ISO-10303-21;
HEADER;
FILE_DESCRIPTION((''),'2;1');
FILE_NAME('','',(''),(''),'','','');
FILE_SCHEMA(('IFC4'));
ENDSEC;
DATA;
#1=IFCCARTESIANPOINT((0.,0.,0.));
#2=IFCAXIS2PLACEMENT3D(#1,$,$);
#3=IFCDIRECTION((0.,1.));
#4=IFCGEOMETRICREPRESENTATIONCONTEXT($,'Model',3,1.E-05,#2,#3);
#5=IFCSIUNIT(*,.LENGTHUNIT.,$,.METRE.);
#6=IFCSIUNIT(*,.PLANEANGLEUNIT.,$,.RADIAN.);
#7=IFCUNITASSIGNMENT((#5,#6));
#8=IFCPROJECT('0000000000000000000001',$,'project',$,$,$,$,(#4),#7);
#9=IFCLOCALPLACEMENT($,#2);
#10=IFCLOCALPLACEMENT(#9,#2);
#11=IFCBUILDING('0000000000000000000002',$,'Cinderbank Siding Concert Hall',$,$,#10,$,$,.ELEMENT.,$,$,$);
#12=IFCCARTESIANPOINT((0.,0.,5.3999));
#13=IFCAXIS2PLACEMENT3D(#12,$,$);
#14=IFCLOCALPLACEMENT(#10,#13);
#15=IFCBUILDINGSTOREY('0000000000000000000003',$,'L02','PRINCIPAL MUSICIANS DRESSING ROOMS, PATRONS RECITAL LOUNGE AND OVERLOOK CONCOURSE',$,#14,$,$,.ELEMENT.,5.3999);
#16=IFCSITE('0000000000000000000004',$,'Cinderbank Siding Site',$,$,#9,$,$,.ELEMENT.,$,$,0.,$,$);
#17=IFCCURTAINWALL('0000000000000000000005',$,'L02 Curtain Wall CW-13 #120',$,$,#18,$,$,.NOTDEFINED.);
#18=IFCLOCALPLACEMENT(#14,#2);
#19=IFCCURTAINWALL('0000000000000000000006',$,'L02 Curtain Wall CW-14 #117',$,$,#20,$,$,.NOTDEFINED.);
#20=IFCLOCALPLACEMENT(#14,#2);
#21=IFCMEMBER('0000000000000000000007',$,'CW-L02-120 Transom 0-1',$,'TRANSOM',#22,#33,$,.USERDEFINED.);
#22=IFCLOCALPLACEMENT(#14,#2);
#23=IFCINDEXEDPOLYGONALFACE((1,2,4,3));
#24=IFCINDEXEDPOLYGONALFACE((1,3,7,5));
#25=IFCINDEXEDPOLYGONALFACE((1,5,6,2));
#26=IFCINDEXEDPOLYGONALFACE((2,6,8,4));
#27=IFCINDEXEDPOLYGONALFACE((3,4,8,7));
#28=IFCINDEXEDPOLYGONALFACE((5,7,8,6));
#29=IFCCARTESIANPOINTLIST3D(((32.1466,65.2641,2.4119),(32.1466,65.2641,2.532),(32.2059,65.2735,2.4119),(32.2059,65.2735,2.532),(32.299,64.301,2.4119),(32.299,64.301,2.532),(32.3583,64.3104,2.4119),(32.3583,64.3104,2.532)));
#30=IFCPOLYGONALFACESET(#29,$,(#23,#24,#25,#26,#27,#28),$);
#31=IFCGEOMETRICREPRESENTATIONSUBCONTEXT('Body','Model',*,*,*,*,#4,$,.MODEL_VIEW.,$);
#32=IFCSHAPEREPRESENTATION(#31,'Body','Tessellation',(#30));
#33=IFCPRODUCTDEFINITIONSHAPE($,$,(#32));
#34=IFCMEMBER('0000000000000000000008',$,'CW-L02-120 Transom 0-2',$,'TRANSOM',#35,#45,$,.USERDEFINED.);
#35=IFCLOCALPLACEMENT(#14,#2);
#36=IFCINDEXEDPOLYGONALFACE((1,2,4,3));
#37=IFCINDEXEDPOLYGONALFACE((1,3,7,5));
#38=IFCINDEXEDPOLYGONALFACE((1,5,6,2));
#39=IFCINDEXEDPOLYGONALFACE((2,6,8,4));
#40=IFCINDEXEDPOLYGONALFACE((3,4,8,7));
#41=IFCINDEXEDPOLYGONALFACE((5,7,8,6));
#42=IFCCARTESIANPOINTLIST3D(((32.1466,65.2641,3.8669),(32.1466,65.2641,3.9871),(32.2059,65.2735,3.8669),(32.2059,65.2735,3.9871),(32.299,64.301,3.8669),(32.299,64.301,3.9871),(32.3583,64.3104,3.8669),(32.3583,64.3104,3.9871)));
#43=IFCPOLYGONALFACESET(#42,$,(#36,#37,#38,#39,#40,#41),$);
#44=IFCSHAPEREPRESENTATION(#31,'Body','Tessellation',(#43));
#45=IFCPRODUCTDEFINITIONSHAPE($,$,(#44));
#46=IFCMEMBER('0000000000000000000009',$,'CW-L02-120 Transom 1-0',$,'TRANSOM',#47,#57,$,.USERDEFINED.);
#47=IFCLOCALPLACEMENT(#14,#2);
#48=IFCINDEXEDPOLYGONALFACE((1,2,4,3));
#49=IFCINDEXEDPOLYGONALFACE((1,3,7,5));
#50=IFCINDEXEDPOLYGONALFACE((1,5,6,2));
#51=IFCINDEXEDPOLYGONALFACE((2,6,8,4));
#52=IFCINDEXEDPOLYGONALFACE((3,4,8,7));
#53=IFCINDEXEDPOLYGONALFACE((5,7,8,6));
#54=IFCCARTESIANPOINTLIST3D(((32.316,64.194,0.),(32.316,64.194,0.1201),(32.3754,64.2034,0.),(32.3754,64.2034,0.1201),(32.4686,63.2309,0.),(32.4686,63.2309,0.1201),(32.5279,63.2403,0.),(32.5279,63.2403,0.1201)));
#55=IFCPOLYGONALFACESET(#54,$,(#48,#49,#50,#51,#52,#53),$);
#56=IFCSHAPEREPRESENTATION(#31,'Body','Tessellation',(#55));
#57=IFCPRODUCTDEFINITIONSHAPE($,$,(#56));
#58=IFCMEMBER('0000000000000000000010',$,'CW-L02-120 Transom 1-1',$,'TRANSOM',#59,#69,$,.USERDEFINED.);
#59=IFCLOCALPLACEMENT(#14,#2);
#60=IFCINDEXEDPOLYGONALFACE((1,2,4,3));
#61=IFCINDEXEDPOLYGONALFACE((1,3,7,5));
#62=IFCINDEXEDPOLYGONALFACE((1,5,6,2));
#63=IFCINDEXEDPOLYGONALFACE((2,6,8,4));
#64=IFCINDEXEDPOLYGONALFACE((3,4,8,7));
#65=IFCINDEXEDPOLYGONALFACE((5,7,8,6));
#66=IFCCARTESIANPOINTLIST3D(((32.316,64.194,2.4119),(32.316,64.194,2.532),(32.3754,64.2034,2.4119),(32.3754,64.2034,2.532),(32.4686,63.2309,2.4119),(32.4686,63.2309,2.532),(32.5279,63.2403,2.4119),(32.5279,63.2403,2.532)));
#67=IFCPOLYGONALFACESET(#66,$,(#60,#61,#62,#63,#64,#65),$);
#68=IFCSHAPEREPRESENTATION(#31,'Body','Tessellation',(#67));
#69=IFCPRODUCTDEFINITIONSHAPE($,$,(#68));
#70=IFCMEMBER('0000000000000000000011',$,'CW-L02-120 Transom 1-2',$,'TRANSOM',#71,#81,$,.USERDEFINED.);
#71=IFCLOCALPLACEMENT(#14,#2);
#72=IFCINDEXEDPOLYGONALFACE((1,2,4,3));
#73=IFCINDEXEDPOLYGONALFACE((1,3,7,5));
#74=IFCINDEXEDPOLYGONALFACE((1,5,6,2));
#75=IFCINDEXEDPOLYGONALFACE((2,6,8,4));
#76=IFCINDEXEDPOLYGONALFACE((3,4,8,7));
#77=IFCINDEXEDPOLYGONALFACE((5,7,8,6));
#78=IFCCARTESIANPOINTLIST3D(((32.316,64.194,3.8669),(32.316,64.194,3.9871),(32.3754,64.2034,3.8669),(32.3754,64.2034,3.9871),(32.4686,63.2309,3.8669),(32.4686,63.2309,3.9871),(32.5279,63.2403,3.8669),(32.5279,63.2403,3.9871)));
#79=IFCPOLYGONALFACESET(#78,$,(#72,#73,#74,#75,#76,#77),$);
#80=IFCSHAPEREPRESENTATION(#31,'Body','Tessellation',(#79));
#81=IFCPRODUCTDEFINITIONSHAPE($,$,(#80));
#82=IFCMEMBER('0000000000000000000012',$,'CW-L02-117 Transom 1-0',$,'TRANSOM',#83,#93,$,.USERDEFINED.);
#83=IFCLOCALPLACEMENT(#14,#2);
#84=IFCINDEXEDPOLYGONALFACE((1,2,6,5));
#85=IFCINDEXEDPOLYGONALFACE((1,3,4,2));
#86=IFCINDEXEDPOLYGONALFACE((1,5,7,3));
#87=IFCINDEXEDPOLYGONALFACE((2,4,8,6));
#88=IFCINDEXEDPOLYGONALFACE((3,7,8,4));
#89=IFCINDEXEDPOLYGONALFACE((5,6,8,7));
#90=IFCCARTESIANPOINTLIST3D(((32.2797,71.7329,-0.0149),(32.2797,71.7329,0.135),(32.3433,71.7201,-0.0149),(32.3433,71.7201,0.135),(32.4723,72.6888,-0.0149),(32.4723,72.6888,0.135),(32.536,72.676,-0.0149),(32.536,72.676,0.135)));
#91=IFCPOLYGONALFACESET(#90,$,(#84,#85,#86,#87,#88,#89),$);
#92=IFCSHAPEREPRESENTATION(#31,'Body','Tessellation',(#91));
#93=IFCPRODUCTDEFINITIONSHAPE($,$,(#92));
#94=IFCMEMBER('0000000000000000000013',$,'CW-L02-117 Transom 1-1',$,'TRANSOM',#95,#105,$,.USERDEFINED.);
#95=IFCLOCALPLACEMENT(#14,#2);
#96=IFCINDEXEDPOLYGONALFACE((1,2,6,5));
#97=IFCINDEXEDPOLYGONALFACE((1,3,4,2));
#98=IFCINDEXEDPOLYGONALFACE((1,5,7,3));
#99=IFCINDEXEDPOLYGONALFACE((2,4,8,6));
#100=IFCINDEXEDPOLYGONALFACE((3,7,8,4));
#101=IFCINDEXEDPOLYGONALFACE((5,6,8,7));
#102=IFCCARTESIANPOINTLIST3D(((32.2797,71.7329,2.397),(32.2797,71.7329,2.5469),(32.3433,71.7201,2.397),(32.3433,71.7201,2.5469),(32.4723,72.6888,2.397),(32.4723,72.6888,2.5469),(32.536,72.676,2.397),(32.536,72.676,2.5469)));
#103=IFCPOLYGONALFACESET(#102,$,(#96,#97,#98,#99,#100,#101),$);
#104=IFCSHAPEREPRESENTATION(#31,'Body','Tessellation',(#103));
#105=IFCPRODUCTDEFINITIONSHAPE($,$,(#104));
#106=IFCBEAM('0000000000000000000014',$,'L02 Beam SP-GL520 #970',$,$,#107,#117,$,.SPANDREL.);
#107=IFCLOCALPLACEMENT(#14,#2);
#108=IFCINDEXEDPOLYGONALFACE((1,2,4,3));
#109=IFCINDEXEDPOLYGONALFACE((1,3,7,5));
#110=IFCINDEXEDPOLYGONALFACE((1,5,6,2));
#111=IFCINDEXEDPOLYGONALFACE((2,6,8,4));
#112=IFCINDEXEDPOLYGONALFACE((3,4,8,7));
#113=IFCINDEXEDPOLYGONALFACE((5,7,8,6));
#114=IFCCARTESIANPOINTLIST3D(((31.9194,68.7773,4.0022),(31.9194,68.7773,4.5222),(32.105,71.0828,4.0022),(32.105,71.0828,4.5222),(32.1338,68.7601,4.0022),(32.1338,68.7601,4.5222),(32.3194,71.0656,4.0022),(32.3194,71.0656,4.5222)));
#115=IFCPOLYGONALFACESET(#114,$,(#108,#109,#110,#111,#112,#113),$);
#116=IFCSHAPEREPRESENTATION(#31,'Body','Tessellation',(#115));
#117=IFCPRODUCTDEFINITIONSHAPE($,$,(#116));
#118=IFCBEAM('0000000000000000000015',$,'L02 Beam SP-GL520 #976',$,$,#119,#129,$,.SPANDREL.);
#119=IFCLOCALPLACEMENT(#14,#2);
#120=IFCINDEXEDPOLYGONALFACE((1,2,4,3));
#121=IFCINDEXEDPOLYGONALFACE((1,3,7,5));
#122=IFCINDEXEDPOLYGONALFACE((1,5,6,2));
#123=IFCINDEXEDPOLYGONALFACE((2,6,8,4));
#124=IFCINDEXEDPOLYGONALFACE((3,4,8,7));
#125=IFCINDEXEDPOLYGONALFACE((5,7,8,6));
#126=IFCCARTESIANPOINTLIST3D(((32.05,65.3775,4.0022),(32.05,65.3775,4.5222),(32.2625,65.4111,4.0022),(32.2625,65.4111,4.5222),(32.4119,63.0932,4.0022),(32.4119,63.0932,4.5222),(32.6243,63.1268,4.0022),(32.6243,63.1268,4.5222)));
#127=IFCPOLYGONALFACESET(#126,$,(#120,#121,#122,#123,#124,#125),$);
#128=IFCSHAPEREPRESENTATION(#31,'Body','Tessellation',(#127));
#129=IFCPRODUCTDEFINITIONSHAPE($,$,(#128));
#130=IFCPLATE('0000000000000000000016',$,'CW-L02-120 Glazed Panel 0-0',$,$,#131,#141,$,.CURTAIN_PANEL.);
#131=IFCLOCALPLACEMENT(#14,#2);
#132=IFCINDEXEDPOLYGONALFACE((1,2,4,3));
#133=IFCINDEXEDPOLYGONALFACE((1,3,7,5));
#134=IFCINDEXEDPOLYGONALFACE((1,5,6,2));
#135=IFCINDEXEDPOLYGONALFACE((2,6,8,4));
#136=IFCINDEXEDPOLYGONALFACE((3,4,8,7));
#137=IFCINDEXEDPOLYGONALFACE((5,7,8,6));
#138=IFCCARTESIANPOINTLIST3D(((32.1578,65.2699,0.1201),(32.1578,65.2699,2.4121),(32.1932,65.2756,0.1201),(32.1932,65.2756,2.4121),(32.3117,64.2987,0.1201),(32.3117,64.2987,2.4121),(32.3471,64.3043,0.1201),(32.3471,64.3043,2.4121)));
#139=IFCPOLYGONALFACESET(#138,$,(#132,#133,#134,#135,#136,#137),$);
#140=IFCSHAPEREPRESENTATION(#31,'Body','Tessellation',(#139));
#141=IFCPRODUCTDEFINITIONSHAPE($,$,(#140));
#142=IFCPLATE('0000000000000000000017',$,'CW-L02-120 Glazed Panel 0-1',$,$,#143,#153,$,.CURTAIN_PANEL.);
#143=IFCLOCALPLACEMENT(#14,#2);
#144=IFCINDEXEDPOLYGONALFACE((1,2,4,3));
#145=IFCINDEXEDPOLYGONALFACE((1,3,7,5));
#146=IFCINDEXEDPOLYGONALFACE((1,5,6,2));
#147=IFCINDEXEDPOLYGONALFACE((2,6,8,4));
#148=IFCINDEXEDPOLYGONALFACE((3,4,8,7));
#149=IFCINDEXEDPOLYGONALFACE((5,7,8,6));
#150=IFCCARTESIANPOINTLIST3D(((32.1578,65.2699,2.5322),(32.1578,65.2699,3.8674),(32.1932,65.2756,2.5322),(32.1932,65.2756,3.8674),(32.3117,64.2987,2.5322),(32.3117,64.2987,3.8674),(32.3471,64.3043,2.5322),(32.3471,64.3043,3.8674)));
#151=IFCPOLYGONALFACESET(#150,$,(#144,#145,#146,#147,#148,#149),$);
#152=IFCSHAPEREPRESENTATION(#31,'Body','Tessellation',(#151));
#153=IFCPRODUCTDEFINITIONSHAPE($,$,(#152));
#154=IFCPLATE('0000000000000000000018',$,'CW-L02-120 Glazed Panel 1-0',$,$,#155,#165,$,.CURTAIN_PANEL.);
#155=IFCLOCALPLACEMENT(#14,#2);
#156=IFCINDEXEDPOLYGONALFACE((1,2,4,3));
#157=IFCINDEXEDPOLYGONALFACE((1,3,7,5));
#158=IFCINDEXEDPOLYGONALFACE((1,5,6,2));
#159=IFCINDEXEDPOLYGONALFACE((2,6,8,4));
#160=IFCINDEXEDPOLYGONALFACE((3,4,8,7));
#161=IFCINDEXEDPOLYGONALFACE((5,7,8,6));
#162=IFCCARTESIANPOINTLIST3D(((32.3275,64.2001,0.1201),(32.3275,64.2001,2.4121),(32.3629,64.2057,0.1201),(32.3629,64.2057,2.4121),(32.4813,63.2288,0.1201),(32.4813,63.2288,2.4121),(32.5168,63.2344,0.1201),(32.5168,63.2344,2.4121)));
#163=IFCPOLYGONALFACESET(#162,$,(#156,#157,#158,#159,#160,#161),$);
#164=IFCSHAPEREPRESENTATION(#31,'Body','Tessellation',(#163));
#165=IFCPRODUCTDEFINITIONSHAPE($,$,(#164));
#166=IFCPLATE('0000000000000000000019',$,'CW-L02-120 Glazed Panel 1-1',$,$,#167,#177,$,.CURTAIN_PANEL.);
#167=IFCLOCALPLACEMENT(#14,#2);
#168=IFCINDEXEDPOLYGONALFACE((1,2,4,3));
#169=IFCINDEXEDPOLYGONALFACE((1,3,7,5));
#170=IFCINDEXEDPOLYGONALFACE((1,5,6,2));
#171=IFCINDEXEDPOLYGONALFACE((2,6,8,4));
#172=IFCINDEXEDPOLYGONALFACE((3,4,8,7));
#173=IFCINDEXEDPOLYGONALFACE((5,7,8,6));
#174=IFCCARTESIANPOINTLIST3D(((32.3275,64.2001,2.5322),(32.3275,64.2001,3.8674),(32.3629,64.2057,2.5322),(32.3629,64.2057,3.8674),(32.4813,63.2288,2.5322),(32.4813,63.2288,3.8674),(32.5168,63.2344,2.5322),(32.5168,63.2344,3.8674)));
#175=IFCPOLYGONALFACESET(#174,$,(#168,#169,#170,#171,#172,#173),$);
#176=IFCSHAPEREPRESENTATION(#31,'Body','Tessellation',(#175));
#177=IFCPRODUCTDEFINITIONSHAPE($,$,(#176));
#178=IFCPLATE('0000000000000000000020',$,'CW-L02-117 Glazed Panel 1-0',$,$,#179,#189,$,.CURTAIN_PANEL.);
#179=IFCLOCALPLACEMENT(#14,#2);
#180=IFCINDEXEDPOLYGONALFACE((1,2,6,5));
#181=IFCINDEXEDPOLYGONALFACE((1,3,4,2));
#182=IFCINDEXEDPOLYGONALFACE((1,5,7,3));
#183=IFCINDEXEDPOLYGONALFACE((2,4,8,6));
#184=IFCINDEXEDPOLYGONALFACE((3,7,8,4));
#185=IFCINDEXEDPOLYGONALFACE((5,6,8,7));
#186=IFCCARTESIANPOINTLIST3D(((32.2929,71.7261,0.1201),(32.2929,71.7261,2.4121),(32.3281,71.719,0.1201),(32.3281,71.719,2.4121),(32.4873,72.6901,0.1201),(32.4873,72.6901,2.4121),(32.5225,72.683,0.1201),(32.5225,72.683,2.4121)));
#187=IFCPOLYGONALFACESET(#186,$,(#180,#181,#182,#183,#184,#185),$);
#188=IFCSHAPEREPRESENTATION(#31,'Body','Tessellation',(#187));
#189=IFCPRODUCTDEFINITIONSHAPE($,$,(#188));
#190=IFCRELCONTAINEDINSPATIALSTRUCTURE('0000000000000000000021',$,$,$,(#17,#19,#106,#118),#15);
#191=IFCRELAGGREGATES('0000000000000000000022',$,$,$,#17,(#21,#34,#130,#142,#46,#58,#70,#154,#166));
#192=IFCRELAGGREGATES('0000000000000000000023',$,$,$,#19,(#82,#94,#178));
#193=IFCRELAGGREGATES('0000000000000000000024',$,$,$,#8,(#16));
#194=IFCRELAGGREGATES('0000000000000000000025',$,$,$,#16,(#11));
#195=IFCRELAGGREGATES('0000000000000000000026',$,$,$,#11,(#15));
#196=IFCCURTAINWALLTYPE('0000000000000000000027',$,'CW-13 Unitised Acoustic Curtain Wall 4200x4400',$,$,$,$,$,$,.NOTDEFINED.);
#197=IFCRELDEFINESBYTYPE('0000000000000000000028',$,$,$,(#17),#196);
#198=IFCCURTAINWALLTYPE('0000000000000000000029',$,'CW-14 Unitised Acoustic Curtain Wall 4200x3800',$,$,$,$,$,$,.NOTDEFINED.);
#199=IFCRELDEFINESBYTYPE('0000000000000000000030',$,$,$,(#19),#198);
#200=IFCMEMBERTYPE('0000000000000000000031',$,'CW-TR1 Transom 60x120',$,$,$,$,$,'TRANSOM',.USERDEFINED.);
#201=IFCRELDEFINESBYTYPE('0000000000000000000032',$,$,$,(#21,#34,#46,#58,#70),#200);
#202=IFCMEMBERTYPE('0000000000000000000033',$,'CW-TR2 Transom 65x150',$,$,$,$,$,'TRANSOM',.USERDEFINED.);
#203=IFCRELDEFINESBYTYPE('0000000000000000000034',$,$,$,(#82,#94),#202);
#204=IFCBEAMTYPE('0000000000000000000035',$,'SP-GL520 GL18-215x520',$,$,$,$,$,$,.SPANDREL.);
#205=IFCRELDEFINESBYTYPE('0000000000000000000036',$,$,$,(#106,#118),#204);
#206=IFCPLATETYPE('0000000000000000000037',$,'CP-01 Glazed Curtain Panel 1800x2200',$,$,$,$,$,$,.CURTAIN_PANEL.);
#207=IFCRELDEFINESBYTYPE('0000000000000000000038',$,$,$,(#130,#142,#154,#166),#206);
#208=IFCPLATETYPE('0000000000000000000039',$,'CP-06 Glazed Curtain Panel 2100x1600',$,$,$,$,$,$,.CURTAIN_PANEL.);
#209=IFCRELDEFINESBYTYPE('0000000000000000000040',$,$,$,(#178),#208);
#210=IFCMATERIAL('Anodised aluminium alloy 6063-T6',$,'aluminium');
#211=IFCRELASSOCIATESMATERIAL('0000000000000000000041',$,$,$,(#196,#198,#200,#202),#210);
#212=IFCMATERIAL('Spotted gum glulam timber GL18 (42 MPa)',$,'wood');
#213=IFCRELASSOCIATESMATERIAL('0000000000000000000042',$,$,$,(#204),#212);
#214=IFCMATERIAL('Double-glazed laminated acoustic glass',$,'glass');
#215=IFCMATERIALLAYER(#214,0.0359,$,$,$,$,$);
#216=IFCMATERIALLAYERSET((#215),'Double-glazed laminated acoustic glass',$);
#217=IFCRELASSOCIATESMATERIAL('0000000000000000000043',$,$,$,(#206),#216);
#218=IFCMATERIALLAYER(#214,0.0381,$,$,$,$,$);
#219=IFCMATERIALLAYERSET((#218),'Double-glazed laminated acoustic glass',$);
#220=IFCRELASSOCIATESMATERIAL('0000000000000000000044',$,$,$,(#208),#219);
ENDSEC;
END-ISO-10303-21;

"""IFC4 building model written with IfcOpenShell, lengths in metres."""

from ifc_helpers import new_model, si_unit, direction, frame, origin, origin_2d, place, context, subcontext, project, spatial, rectangle, extrude, material, layer, layer_set, material_profile, profile_set, type_object, element, aggregate, save


model = new_model("IFC4")

# Units and contexts
model_context = context("Model", 3, precision=1e-05, world=origin(), true_north=direction((0.0, 1.0)))
body_context = subcontext(model_context, "Body", "Model", "MODEL_VIEW")
ifc_project = project(units=[si_unit("LENGTHUNIT", "METRE"), si_unit("PLANEANGLEUNIT", "RADIAN")], contexts=[model_context])

# Site, building, storey
site_placement = place(None, origin())
site = spatial("IfcSite", under=ifc_project, at=site_placement, Name="Cinderbank Siding Site", CompositionType="ELEMENT", RefElevation=0.0)
building_placement = place(site_placement, origin())
building = spatial("IfcBuilding", under=site, at=building_placement, Name="Cinderbank Siding Concert Hall", CompositionType="ELEMENT")
storey_placement = place(building_placement, frame((0.0, 0.0, 5.3999)))
storey = spatial("IfcBuildingStorey", under=building, at=storey_placement, Name="L02", Description="PRINCIPAL MUSICIANS DRESSING ROOMS, PATRONS RECITAL LOUNGE AND OVERLOOK CONCOURSE", CompositionType="ELEMENT", Elevation=5.3999)

# Curtain wall
ifc_material_1 = material(Name="Anodised aluminium alloy 6063-T6", Category="aluminium")
curtain_wall_type_1 = type_object("IfcCurtainWallType", Name="CW-13 Unitised Acoustic Curtain Wall 4200x4400", PredefinedType="NOTDEFINED", material=ifc_material_1)
curtain_wall_1_placement = place(storey_placement, origin())
curtain_wall_1 = element("IfcCurtainWall", 1, at=curtain_wall_1_placement, inside=storey, type_object=curtain_wall_type_1, Name="L02 Curtain Wall CW-13 #120", PredefinedType="NOTDEFINED")

# Curtain wall
curtain_wall_type_2 = type_object("IfcCurtainWallType", Name="CW-14 Unitised Acoustic Curtain Wall 4200x3800", PredefinedType="NOTDEFINED", material=ifc_material_1)
curtain_wall_2_placement = place(storey_placement, origin())
curtain_wall_2 = element("IfcCurtainWall", 2, at=curtain_wall_2_placement, inside=storey, type_object=curtain_wall_type_2, Name="L02 Curtain Wall CW-14 #117", PredefinedType="NOTDEFINED")

# Members
ifc_material_profile_1 = material_profile(ifc_material_1, rectangle(XDim=0.0601, YDim=0.1201, at=origin_2d()), Name="ALU-TRAN-60x120", Category="LoadBearing")
ifc_profile_set_1 = profile_set([ifc_material_profile_1], Name="Anodised aluminium alloy 6063-T6")
member_type_1 = type_object("IfcMemberType", Name="CW-TR1 Transom 60x120", ElementType="TRANSOM", PredefinedType="USERDEFINED", material=ifc_profile_set_1)
member_1_placement = place(storey_placement, frame((32.1763, 65.2688, 2.4719), z_axis=(0.156233, -0.98772, 0.0), x_axis=(0.98772, 0.156233, 0.0)))
member_1 = element("IfcMember", 3, at=member_1_placement, type_object=member_type_1, Name="CW-L02-120 Transom 0-1", ObjectType="TRANSOM", PredefinedType="USERDEFINED", context=body_context, shape_type="SweptSolid", body=[
    extrude(rectangle(XDim=0.0601, YDim=0.1201, at=origin_2d()), origin(), (0.0, 0.0, 1.0), 0.9751),
])
member_2_placement = place(storey_placement, frame((32.1763, 65.2688, 3.927), z_axis=(0.156233, -0.98772, 0.0), x_axis=(0.98772, 0.156233, 0.0)))
member_2 = element("IfcMember", 4, at=member_2_placement, type_object=member_type_1, Name="CW-L02-120 Transom 0-2", ObjectType="TRANSOM", PredefinedType="USERDEFINED", context=body_context, shape_type="SweptSolid", body=[
    extrude(rectangle(XDim=0.0601, YDim=0.1201, at=origin_2d()), origin(), (0.0, 0.0, 1.0), 0.9751),
])
member_3_placement = place(storey_placement, frame((32.3457, 64.1987, 0.0601), z_axis=(0.156477, -0.987682, 0.0), x_axis=(0.987682, 0.156477, 0.0)))
member_3 = element("IfcMember", 5, at=member_3_placement, type_object=member_type_1, Name="CW-L02-120 Transom 1-0", ObjectType="TRANSOM", PredefinedType="USERDEFINED", context=body_context, shape_type="SweptSolid", body=[
    extrude(rectangle(XDim=0.0601, YDim=0.1201, at=origin_2d()), origin(), (0.0, 0.0, 1.0), 0.9751),
])
member_4_placement = place(storey_placement, frame((32.3457, 64.1987, 2.4719), z_axis=(0.156477, -0.987682, 0.0), x_axis=(0.987682, 0.156477, 0.0)))
member_4 = element("IfcMember", 6, at=member_4_placement, type_object=member_type_1, Name="CW-L02-120 Transom 1-1", ObjectType="TRANSOM", PredefinedType="USERDEFINED", context=body_context, shape_type="SweptSolid", body=[
    extrude(rectangle(XDim=0.0601, YDim=0.1201, at=origin_2d()), origin(), (0.0, 0.0, 1.0), 0.9751),
])
member_5_placement = place(storey_placement, frame((32.3457, 64.1987, 3.927), z_axis=(0.156477, -0.987682, 0.0), x_axis=(0.987682, 0.156477, 0.0)))
member_5 = element("IfcMember", 7, at=member_5_placement, type_object=member_type_1, Name="CW-L02-120 Transom 1-2", ObjectType="TRANSOM", PredefinedType="USERDEFINED", context=body_context, shape_type="SweptSolid", body=[
    extrude(rectangle(XDim=0.0601, YDim=0.1201, at=origin_2d()), origin(), (0.0, 0.0, 1.0), 0.9751),
])
ifc_material_profile_2 = material_profile(ifc_material_1, rectangle(XDim=0.0649, YDim=0.1499, at=origin_2d()), Name="ALU-TRAN-65x150", Category="LoadBearing")
ifc_profile_set_2 = profile_set([ifc_material_profile_2], Name="Anodised aluminium alloy 6063-T6")
member_type_2 = type_object("IfcMemberType", Name="CW-TR2 Transom 65x150", ElementType="TRANSOM", PredefinedType="USERDEFINED", material=ifc_profile_set_2)
member_6_placement = place(storey_placement, frame((32.5042, 72.6824, 0.0601), z_axis=(-0.197561, -0.980291, 0.0), x_axis=(0.980291, -0.197561, 0.0)))
member_6 = element("IfcMember", 8, at=member_6_placement, type_object=member_type_2, Name="CW-L02-117 Transom 1-0", ObjectType="TRANSOM", PredefinedType="USERDEFINED", context=body_context, shape_type="SweptSolid", body=[
    extrude(rectangle(XDim=0.0649, YDim=0.1499, at=origin_2d()), origin(), (0.0, 0.0, 1.0), 0.9751),
])
member_7_placement = place(storey_placement, frame((32.5042, 72.6824, 2.4719), z_axis=(-0.197561, -0.980291, 0.0), x_axis=(0.980291, -0.197561, 0.0)))
member_7 = element("IfcMember", 9, at=member_7_placement, type_object=member_type_2, Name="CW-L02-117 Transom 1-1", ObjectType="TRANSOM", PredefinedType="USERDEFINED", context=body_context, shape_type="SweptSolid", body=[
    extrude(rectangle(XDim=0.0649, YDim=0.1499, at=origin_2d()), origin(), (0.0, 0.0, 1.0), 0.9751),
])

# Beams
ifc_material_2 = material(Name="Spotted gum glulam timber GL18 (42 MPa)", Category="wood")
ifc_material_profile_3 = material_profile(ifc_material_2, rectangle(XDim=0.2151, YDim=0.52, at=origin_2d()), Name="GL18-215x520", Category="LoadBearing")
ifc_profile_set_3 = profile_set([ifc_material_profile_3], Name="Spotted gum glulam timber GL18 (42 MPa)")
beam_type = type_object("IfcBeamType", Name="SP-GL520 GL18-215x520", PredefinedType="SPANDREL", material=ifc_profile_set_3)
beam_1_placement = place(storey_placement, frame((32.2122, 71.0742, 4.2622), z_axis=(-0.080223, -0.996777, 0.0), x_axis=(0.996777, -0.080223, 0.0)))
element("IfcBeam", 10, at=beam_1_placement, inside=storey, type_object=beam_type, Name="L02 Beam SP-GL520 #970", PredefinedType="SPANDREL", context=body_context, shape_type="SweptSolid", body=[
    extrude(rectangle(XDim=0.2151, YDim=0.52, at=origin_2d()), origin(), (0.0, 0.0, 1.0), 2.313),
])
beam_2_placement = place(storey_placement, frame((32.1562, 65.3943, 4.2622), z_axis=(0.15645, -0.987686, 0.0), x_axis=(0.987686, 0.15645, 0.0)))
element("IfcBeam", 11, at=beam_2_placement, inside=storey, type_object=beam_type, Name="L02 Beam SP-GL520 #976", PredefinedType="SPANDREL", context=body_context, shape_type="SweptSolid", body=[
    extrude(rectangle(XDim=0.2151, YDim=0.52, at=origin_2d()), origin(), (0.0, 0.0, 1.0), 2.3127),
])

# Plates
ifc_material_3 = material(Name="Double-glazed laminated acoustic glass", Category="glass")
ifc_layer_1 = layer(ifc_material_3, 0.0359)
ifc_layer_set_1 = layer_set([ifc_layer_1], Name="Double-glazed laminated acoustic glass")
plate_type_1 = type_object("IfcPlateType", Name="CP-01 Glazed Curtain Panel 1800x2200", PredefinedType="CURTAIN_PANEL", material=ifc_layer_set_1)
plate_1_placement = place(storey_placement, frame((32.2524, 64.7871, 0.1201), z_axis=(0.0, 0.0, 1.0), x_axis=(0.156464, -0.987684, 0.0)))
plate_1 = element("IfcPlate", 12, at=plate_1_placement, type_object=plate_type_1, Name="CW-L02-120 Glazed Panel 0-0", PredefinedType="CURTAIN_PANEL", context=body_context, shape_type="SweptSolid", body=[
    extrude(rectangle(XDim=0.9834, YDim=0.0359, at=origin_2d()), origin(), (0.0, 0.0, 1.0), 2.292),
])
plate_2_placement = place(storey_placement, frame((32.2524, 64.7871, 2.5322), z_axis=(0.0, 0.0, 1.0), x_axis=(0.156464, -0.987684, 0.0)))
plate_2 = element("IfcPlate", 13, at=plate_2_placement, type_object=plate_type_1, Name="CW-L02-120 Glazed Panel 0-1", PredefinedType="CURTAIN_PANEL", context=body_context, shape_type="SweptSolid", body=[
    extrude(rectangle(XDim=0.9834, YDim=0.0359, at=origin_2d()), origin(), (0.0, 0.0, 1.0), 1.3352),
])
plate_3_placement = place(storey_placement, frame((32.4221, 63.7173, 0.1201), z_axis=(0.0, 0.0, 1.0), x_axis=(0.156464, -0.987684, 0.0)))
plate_3 = element("IfcPlate", 14, at=plate_3_placement, type_object=plate_type_1, Name="CW-L02-120 Glazed Panel 1-0", PredefinedType="CURTAIN_PANEL", context=body_context, shape_type="SweptSolid", body=[
    extrude(rectangle(XDim=0.9834, YDim=0.0359, at=origin_2d()), origin(), (0.0, 0.0, 1.0), 2.292),
])
plate_4_placement = place(storey_placement, frame((32.4221, 63.7173, 2.5322), z_axis=(0.0, 0.0, 1.0), x_axis=(0.156464, -0.987684, 0.0)))
plate_4 = element("IfcPlate", 15, at=plate_4_placement, type_object=plate_type_1, Name="CW-L02-120 Glazed Panel 1-1", PredefinedType="CURTAIN_PANEL", context=body_context, shape_type="SweptSolid", body=[
    extrude(rectangle(XDim=0.9834, YDim=0.0359, at=origin_2d()), origin(), (0.0, 0.0, 1.0), 1.3352),
])
aggregate(curtain_wall_1, [member_1, member_2, plate_1, plate_2, member_3, member_4, member_5, plate_3, plate_4])
ifc_layer_2 = layer(ifc_material_3, 0.0381)
ifc_layer_set_2 = layer_set([ifc_layer_2], Name="Double-glazed laminated acoustic glass")
plate_type_2 = type_object("IfcPlateType", Name="CP-06 Glazed Curtain Panel 2100x1600", PredefinedType="CURTAIN_PANEL", material=ifc_layer_set_2)
plate_5_placement = place(storey_placement, frame((32.4077, 72.2046, 0.1201), z_axis=(0.0, 0.0, 1.0), x_axis=(-0.197636, -0.980275, 0.0)))
plate_5 = element("IfcPlate", 16, at=plate_5_placement, type_object=plate_type_2, Name="CW-L02-117 Glazed Panel 1-0", PredefinedType="CURTAIN_PANEL", context=body_context, shape_type="SweptSolid", body=[
    extrude(rectangle(XDim=0.9834, YDim=0.0359, at=origin_2d()), origin(), (0.0, 0.0, 1.0), 2.292),
])
aggregate(curtain_wall_2, [member_6, member_7, plate_5])

save(model, "model.ifc")
